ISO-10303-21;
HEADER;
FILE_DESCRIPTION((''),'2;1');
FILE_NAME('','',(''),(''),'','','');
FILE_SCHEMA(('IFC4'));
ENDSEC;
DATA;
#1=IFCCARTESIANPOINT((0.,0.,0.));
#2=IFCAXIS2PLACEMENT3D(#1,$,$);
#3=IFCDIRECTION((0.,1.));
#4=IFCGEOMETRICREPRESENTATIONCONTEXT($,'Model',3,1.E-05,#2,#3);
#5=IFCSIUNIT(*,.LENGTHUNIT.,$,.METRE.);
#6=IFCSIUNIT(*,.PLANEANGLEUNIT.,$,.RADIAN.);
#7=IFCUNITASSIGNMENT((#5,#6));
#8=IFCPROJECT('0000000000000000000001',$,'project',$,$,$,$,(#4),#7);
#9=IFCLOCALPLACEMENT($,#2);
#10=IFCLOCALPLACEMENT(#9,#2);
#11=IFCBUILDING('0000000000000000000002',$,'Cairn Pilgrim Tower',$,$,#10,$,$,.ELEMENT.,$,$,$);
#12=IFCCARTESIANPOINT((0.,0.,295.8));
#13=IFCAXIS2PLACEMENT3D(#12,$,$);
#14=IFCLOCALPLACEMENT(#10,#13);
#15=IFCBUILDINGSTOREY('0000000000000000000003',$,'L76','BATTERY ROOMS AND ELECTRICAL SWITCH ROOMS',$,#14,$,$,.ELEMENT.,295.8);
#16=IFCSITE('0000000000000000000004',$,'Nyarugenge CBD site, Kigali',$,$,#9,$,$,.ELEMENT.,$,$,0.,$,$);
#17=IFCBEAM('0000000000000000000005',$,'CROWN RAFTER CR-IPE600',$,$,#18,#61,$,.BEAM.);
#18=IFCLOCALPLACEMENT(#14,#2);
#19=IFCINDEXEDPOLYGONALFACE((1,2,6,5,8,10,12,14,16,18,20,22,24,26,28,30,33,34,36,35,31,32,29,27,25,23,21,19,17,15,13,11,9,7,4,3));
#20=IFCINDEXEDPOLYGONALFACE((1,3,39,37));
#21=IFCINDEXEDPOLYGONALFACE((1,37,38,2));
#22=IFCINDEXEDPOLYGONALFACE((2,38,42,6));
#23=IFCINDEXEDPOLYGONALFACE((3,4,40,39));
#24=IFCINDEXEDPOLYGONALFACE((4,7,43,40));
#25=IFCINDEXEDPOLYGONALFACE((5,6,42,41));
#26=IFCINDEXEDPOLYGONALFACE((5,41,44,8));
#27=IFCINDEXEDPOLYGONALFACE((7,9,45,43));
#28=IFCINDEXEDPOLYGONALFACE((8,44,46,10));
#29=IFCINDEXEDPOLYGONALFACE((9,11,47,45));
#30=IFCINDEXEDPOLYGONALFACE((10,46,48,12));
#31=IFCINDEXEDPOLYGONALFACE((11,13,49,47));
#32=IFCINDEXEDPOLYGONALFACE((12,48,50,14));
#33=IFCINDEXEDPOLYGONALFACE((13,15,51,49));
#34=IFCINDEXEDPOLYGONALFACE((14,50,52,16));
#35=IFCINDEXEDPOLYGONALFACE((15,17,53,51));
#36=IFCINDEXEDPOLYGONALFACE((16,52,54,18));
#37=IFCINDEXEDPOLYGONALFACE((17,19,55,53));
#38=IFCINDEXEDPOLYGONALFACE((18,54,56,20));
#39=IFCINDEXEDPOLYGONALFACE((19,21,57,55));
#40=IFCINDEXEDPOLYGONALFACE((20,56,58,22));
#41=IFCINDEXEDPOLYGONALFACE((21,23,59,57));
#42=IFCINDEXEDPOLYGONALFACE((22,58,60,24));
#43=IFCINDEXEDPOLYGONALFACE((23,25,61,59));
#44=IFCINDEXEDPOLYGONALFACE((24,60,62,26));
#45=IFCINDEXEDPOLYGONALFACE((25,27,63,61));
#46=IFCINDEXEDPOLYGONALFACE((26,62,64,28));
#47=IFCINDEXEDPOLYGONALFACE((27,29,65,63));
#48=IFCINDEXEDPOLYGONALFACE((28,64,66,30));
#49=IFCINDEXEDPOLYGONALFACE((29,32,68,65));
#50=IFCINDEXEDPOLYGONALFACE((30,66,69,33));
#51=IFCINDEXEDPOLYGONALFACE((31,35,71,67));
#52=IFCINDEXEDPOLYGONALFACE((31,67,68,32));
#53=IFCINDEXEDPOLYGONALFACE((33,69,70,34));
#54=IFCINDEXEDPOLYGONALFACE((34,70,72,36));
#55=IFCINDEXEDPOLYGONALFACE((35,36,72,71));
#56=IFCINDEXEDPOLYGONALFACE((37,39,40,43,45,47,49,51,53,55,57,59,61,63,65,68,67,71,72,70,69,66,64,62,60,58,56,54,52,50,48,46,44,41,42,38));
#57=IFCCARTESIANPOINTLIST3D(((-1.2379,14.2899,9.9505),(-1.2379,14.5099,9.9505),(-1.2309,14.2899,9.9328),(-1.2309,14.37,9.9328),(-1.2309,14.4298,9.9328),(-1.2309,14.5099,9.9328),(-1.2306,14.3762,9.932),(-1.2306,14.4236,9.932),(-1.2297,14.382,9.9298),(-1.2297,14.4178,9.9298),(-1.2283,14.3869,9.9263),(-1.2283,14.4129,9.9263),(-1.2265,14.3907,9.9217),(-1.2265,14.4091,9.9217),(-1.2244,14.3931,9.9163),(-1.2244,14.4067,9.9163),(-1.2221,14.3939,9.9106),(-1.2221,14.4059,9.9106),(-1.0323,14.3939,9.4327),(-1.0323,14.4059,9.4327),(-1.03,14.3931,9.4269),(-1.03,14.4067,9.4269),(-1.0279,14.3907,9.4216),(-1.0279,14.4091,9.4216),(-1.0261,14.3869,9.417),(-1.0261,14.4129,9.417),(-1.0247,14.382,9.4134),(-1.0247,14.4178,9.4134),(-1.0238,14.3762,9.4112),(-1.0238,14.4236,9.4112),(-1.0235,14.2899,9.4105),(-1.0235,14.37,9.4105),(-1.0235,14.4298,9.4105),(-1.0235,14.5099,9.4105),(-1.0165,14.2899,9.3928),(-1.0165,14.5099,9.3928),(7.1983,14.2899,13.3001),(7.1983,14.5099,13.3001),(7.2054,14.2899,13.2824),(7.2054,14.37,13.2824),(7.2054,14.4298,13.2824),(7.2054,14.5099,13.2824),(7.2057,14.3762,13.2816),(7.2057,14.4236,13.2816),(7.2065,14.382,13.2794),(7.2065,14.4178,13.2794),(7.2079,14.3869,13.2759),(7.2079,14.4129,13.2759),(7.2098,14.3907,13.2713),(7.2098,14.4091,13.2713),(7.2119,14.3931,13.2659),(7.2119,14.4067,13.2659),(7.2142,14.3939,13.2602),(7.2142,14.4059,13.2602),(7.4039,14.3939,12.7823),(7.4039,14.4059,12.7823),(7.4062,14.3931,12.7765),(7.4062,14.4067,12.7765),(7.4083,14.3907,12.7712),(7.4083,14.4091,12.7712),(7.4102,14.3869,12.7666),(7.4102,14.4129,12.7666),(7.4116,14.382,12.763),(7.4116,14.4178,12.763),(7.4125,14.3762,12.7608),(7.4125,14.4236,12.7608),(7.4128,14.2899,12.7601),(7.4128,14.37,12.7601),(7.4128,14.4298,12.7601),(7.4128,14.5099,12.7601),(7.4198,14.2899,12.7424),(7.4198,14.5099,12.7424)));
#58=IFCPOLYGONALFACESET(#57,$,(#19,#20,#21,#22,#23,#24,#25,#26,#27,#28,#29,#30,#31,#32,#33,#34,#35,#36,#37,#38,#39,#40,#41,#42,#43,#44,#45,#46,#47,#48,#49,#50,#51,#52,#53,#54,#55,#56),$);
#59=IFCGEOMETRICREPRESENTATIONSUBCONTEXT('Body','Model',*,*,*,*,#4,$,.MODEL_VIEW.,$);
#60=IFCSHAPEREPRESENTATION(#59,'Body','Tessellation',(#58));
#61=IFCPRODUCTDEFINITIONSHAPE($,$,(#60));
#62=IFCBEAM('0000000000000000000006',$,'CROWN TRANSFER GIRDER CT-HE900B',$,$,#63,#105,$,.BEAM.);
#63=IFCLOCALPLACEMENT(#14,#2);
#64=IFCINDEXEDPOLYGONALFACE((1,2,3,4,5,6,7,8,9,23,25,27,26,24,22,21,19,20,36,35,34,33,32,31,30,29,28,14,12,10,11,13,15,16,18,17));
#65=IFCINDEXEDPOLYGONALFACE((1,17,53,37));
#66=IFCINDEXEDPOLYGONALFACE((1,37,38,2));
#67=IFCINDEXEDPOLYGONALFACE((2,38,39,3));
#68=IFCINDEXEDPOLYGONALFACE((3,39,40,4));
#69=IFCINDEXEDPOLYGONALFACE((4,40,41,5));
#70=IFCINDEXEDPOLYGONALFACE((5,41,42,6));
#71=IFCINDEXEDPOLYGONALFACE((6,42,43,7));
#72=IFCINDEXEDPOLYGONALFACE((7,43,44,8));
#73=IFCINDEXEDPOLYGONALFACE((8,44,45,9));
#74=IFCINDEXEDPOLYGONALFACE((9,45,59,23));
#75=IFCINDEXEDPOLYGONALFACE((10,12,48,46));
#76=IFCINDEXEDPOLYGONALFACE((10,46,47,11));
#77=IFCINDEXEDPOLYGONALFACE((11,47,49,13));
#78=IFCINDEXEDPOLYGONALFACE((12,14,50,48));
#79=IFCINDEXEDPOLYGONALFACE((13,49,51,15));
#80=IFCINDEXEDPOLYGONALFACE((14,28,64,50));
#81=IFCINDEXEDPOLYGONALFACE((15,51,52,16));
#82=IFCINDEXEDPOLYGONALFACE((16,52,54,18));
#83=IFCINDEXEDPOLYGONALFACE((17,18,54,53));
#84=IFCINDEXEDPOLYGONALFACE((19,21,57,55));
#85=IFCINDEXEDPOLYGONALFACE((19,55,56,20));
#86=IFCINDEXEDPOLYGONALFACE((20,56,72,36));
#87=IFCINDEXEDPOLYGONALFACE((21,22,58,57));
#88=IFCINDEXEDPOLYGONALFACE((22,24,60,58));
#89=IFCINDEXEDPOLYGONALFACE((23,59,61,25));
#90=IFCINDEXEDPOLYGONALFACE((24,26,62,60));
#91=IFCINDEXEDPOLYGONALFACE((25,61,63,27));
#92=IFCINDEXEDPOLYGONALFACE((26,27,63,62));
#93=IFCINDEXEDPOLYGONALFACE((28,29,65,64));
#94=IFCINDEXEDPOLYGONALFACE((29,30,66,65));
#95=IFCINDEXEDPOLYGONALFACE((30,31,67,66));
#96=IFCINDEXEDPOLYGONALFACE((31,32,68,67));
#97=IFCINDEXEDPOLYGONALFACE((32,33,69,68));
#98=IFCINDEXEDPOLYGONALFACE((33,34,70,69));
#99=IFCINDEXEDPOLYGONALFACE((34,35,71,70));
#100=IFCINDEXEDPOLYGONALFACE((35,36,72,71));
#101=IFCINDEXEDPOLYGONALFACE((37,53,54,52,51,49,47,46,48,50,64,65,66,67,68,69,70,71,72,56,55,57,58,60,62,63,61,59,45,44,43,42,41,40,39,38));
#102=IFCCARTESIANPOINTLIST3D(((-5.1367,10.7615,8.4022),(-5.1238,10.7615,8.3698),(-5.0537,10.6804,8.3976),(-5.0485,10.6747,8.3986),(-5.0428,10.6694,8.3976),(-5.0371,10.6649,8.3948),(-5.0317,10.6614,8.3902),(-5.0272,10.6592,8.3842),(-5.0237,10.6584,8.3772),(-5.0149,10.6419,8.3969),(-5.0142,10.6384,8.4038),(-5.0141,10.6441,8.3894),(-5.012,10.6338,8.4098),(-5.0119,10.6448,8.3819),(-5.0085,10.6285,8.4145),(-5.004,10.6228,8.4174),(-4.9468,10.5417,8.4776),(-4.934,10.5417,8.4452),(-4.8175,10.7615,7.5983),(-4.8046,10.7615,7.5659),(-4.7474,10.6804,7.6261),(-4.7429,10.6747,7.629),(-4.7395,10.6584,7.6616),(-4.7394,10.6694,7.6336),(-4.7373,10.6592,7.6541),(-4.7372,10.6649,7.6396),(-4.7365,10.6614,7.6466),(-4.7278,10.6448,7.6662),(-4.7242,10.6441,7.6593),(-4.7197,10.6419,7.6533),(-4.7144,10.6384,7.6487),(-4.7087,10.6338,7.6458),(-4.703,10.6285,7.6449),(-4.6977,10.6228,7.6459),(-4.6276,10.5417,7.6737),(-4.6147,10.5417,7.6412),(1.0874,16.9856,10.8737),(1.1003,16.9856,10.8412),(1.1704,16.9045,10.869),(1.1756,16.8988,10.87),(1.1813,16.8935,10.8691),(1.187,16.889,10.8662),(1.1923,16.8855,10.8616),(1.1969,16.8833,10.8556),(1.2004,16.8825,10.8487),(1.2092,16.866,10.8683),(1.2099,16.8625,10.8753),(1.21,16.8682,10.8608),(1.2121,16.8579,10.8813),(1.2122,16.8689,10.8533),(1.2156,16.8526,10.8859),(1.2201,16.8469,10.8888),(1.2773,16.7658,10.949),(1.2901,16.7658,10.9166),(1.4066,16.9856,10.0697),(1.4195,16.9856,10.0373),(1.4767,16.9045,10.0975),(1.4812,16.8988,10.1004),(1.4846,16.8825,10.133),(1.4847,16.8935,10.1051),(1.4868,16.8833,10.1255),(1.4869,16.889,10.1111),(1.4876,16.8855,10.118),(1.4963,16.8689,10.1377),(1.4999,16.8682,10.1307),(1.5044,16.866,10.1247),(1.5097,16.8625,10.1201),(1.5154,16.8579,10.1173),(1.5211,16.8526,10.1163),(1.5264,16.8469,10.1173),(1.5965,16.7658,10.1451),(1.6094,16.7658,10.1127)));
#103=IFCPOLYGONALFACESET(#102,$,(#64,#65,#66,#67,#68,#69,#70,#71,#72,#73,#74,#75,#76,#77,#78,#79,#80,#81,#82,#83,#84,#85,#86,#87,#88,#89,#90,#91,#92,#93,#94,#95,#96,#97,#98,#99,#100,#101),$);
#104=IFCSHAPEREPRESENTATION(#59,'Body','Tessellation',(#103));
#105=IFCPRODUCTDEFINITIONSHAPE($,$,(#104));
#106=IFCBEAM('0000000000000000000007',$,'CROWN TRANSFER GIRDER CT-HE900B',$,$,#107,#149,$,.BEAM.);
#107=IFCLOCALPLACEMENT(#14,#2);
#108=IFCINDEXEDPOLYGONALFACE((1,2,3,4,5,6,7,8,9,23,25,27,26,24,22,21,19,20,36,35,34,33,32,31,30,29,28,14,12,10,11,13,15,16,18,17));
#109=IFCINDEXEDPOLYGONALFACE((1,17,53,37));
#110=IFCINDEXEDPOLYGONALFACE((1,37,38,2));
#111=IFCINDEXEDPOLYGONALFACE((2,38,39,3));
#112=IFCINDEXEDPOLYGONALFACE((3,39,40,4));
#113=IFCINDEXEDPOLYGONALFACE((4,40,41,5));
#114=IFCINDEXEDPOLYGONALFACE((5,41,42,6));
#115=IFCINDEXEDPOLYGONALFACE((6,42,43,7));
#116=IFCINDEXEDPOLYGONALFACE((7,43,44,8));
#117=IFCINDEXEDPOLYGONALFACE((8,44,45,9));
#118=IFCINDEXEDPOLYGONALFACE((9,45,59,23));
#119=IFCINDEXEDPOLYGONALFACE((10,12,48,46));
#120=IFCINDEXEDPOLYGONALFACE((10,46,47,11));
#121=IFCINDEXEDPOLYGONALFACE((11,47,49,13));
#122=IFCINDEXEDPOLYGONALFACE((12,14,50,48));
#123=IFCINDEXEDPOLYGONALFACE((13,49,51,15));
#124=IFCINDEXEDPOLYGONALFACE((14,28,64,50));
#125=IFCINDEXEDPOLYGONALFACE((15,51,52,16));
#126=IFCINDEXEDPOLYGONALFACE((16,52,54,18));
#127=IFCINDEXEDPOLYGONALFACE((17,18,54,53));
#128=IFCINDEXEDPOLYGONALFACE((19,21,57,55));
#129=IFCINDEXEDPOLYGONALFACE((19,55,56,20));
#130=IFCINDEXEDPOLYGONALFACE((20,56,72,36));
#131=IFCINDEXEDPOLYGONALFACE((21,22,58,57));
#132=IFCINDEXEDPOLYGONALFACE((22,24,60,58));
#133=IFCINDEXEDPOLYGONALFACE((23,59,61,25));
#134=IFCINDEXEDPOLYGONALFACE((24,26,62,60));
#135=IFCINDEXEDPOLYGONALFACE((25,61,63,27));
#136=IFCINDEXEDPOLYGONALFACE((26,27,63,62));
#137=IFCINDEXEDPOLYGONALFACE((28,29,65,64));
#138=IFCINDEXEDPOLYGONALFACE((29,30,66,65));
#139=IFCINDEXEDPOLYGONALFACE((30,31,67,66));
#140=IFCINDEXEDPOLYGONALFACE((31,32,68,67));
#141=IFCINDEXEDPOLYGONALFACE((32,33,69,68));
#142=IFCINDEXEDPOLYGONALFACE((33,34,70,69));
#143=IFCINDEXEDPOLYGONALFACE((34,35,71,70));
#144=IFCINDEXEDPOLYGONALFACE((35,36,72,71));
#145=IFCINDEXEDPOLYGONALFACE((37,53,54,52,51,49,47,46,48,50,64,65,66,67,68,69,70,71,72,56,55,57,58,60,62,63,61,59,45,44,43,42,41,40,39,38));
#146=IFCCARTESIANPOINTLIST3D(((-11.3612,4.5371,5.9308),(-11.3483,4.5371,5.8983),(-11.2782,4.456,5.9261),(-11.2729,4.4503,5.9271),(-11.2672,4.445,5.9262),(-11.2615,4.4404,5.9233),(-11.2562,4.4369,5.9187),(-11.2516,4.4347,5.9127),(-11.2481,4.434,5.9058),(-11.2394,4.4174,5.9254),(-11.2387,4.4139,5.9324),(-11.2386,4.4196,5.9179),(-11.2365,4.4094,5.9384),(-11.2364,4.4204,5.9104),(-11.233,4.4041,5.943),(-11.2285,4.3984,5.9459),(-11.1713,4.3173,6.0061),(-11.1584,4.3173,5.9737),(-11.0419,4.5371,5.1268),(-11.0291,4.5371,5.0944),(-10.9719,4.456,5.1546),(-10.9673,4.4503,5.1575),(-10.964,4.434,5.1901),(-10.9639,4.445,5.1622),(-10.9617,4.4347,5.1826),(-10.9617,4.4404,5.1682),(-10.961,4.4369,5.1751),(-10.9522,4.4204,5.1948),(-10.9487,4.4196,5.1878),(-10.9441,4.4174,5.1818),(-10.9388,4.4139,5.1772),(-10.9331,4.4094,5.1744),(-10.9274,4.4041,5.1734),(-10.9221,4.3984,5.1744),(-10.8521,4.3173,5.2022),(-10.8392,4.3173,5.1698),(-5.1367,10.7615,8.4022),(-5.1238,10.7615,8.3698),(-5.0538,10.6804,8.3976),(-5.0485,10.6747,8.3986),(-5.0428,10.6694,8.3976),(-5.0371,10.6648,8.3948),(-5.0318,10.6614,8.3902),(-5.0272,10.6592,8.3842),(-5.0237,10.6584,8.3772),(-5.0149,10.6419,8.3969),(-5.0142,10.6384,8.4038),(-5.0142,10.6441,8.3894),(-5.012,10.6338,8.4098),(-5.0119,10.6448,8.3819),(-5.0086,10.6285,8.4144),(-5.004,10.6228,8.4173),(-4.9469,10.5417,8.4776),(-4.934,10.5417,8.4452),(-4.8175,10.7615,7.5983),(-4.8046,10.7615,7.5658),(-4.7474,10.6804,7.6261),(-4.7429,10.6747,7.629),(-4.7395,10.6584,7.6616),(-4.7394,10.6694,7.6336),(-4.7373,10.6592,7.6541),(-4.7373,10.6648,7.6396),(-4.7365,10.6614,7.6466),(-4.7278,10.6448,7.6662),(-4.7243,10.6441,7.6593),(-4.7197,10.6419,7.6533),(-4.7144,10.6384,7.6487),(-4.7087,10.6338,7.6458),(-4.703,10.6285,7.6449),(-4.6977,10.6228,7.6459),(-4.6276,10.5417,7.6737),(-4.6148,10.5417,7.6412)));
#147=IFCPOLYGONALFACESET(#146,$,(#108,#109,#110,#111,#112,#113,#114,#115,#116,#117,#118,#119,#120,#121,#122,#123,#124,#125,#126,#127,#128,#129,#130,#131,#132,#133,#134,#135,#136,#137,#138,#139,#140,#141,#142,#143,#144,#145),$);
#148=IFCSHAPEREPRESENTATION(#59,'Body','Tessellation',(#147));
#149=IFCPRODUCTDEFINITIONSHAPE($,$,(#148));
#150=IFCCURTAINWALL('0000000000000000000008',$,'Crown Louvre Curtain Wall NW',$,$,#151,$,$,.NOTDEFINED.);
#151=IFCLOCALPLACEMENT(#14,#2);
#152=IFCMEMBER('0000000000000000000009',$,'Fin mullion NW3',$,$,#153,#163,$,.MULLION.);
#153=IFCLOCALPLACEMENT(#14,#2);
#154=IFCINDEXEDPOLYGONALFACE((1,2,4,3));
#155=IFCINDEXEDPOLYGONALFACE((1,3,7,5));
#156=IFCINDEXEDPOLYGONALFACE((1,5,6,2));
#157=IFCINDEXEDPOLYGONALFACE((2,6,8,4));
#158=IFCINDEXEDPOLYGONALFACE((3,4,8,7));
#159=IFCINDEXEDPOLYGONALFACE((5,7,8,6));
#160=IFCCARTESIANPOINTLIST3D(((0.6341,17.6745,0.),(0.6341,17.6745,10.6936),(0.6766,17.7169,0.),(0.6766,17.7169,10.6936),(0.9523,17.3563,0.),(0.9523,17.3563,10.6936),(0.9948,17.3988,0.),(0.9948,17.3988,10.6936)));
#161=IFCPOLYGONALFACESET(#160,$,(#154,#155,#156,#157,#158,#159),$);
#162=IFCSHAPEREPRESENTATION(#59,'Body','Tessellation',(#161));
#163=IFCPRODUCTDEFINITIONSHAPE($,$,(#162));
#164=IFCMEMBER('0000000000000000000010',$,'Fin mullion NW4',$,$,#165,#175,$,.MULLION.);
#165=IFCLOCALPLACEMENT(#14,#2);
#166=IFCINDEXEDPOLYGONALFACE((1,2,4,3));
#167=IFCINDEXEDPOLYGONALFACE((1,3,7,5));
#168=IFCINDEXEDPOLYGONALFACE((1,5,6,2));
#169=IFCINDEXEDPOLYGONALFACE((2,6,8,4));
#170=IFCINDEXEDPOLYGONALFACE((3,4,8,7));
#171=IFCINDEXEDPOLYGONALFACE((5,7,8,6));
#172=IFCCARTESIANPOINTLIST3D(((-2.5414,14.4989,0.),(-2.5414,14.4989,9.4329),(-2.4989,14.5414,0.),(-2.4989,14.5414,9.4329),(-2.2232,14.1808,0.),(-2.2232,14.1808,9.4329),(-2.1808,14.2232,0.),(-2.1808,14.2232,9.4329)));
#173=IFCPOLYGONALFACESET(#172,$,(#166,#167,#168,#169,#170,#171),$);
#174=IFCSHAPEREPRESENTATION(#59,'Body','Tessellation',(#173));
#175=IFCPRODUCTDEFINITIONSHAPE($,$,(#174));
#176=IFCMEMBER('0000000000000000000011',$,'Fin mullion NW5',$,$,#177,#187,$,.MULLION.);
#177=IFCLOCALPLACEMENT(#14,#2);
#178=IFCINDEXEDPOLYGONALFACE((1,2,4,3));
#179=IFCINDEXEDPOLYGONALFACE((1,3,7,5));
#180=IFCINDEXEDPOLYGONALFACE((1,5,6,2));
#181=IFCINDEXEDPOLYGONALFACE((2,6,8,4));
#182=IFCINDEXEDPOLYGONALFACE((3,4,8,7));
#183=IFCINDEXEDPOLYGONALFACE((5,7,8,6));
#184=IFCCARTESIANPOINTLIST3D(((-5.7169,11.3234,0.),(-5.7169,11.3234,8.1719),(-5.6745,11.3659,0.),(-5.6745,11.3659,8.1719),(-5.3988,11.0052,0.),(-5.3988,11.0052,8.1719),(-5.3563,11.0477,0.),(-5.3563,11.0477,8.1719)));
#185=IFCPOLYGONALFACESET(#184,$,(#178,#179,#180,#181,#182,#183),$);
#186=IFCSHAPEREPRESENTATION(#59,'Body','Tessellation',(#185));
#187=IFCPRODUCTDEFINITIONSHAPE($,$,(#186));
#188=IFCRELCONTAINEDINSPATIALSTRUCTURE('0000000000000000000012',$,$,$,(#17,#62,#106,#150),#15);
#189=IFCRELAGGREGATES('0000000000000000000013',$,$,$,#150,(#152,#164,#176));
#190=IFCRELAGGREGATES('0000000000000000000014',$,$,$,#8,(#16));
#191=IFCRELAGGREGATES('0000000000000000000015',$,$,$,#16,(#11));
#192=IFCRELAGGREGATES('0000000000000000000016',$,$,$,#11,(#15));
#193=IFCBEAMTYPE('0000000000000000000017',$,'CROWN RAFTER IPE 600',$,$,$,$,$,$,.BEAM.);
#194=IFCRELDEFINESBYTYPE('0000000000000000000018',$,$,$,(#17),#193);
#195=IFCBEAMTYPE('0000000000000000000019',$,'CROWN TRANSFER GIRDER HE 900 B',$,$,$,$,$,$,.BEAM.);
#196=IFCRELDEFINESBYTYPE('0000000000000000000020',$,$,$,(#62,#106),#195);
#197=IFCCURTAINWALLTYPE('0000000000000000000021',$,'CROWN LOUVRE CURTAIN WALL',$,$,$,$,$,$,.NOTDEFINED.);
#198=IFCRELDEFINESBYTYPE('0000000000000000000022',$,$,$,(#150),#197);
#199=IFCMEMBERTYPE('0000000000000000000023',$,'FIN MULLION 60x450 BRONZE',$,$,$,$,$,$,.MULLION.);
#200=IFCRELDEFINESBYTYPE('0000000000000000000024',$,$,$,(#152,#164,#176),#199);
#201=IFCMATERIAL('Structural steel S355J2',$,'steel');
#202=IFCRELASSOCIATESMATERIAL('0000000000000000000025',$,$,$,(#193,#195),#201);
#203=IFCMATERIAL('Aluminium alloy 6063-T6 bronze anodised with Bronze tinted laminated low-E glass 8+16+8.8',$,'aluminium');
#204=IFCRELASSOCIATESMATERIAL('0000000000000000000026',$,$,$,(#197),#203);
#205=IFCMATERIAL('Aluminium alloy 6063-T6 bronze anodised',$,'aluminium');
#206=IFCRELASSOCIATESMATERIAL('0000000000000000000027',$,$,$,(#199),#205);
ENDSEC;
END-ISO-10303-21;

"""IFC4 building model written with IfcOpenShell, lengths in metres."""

from ifc_helpers import new_model, si_unit, direction, frame, origin, origin_2d, place, context, subcontext, project, spatial, rectangle, i_section, extrude, material, material_profile, profile_set, type_object, element, aggregate, save


model = new_model("IFC4")

# Units and contexts
model_context = context("Model", 3, precision=1e-05, world=origin(), true_north=direction((0.0, 1.0)))
body_context = subcontext(model_context, "Body", "Model", "MODEL_VIEW")
ifc_project = project(units=[si_unit("LENGTHUNIT", "METRE"), si_unit("PLANEANGLEUNIT", "RADIAN")], contexts=[model_context])

# Site, building, storey
site_placement = place(None, origin())
site = spatial("IfcSite", under=ifc_project, at=site_placement, Name="Nyarugenge CBD site, Kigali", CompositionType="ELEMENT", RefElevation=0.0)
building_placement = place(site_placement, origin())
building = spatial("IfcBuilding", under=site, at=building_placement, Name="Cairn Pilgrim Tower", CompositionType="ELEMENT")
storey_placement = place(building_placement, frame((0.0, 0.0, 295.8)))
storey = spatial("IfcBuildingStorey", under=building, at=storey_placement, Name="L76", Description="BATTERY ROOMS AND ELECTRICAL SWITCH ROOMS", CompositionType="ELEMENT", Elevation=295.8)

# Shared definitions
ifc_material_1 = material(Name="Structural steel S355J2", Category="steel")

# Beams
ifc_material_profile_1 = material_profile(ifc_material_1, i_section(OverallWidth=0.22, OverallDepth=0.6001, WebThickness=0.012, FlangeThickness=0.019, FilletRadius=0.0239, at=origin_2d()), Name="IPE 600")
ifc_profile_set_1 = profile_set([ifc_material_profile_1], Name="Structural steel S355J2")
beam_type_1 = type_object("IfcBeamType", Name="CROWN RAFTER IPE 600", PredefinedType="BEAM", material=ifc_profile_set_1)
beam_1_placement = place(storey_placement, frame((-1.1272, 14.3999, 9.6716), z_axis=(0.92942, 0.0, 0.369024), x_axis=(0.0, 1.0, 0.0)))
element("IfcBeam", 1, at=beam_1_placement, inside=storey, type_object=beam_type_1, Name="CROWN RAFTER CR-IPE600", PredefinedType="BEAM", context=body_context, shape_type="SweptSolid", body=[
    extrude(i_section(OverallWidth=0.22, OverallDepth=0.6001, WebThickness=0.012, FlangeThickness=0.019, FilletRadius=0.0239, at=origin_2d()), origin(), (0.0, 0.0, 1.0), 9.0769),
])
ifc_material_profile_2 = material_profile(ifc_material_1, i_section(OverallWidth=0.3, OverallDepth=0.8999, WebThickness=0.0186, FlangeThickness=0.0349, FilletRadius=0.03, at=origin_2d()), Name="HEB 900")
ifc_profile_set_2 = profile_set([ifc_material_profile_2], Name="Structural steel S355J2")
beam_type_2 = type_object("IfcBeamType", Name="CROWN TRANSFER GIRDER HE 900 B", PredefinedType="BEAM", material=ifc_profile_set_2)
beam_2_placement = place(storey_placement, frame((1.3484, 16.8757, 10.4932), z_axis=(-0.680781, -0.680781, -0.270321), x_axis=(0.632729, -0.732487, 0.251231)))
element("IfcBeam", 2, at=beam_2_placement, inside=storey, type_object=beam_type_2, Name="CROWN TRANSFER GIRDER CT-HE900B", PredefinedType="BEAM", context=body_context, shape_type="SweptSolid", body=[
    extrude(i_section(OverallWidth=0.3, OverallDepth=0.8999, WebThickness=0.0186, FlangeThickness=0.0349, FilletRadius=0.03, at=origin_2d()), origin(), (0.0, 0.0, 1.0), 9.1426),
])
beam_3_placement = place(storey_placement, frame((-4.8757, 10.6516, 8.0217), z_axis=(-0.680783, -0.680783, -0.270311), x_axis=(0.632731, -0.732485, 0.251232)))
element("IfcBeam", 3, at=beam_3_placement, inside=storey, type_object=beam_type_2, Name="CROWN TRANSFER GIRDER CT-HE900B", PredefinedType="BEAM", context=body_context, shape_type="SweptSolid", body=[
    extrude(i_section(OverallWidth=0.3, OverallDepth=0.8999, WebThickness=0.0186, FlangeThickness=0.0349, FilletRadius=0.03, at=origin_2d()), origin(), (0.0, 0.0, 1.0), 9.1431),
])

# Curtain wall, members
ifc_material_2 = material(Name="Aluminium alloy 6063-T6 bronze anodised with Bronze tinted laminated low-E glass 8+16+8.8", Category="aluminium")
curtain_wall_type = type_object("IfcCurtainWallType", Name="CROWN LOUVRE CURTAIN WALL", PredefinedType="NOTDEFINED", material=ifc_material_2)
curtain_wall_placement = place(storey_placement, origin())
curtain_wall = element("IfcCurtainWall", 4, at=curtain_wall_placement, inside=storey, type_object=curtain_wall_type, Name="Crown Louvre Curtain Wall NW", PredefinedType="NOTDEFINED")
ifc_material_3 = material(Name="Aluminium alloy 6063-T6 bronze anodised", Category="aluminium")
ifc_material_profile_3 = material_profile(ifc_material_3, rectangle(XDim=0.45, YDim=0.0601, at=origin_2d()), Name="FIN MULLION 60x450 BRONZE")
ifc_profile_set_3 = profile_set([ifc_material_profile_3], Name="Aluminium alloy 6063-T6 bronze anodised")
member_type_1 = type_object("IfcMemberType", Name="FIN MULLION 60x450 BRONZE", PredefinedType="MULLION", material=ifc_profile_set_3)
member_1_placement = place(storey_placement, frame((0.8145, 17.5366, 0.0), z_axis=(0.0, 0.0, 1.0), x_axis=(-0.707107, 0.707107, 0.0)))
member_1 = element("IfcMember", 5, at=member_1_placement, type_object=member_type_1, Name="Fin mullion NW3", PredefinedType="MULLION", context=body_context, shape_type="SweptSolid", body=[
    extrude(rectangle(XDim=0.45, YDim=0.0601, at=origin_2d()), origin(), (0.0, 0.0, 1.0), 10.6936),
])
member_2_placement = place(storey_placement, frame((-2.3611, 14.3611, 0.0), z_axis=(0.0, 0.0, 1.0), x_axis=(-0.707107, 0.707107, 0.0)))
member_2 = element("IfcMember", 6, at=member_2_placement, type_object=member_type_1, Name="Fin mullion NW4", PredefinedType="MULLION", context=body_context, shape_type="SweptSolid", body=[
    extrude(rectangle(XDim=0.45, YDim=0.0601, at=origin_2d()), origin(), (0.0, 0.0, 1.0), 9.4329),
])
member_3_placement = place(storey_placement, frame((-5.5366, 11.1855, 0.0), z_axis=(0.0, 0.0, 1.0), x_axis=(-0.707107, 0.707107, 0.0)))
member_3 = element("IfcMember", 7, at=member_3_placement, type_object=member_type_1, Name="Fin mullion NW5", PredefinedType="MULLION", context=body_context, shape_type="SweptSolid", body=[
    extrude(rectangle(XDim=0.45, YDim=0.0601, at=origin_2d()), origin(), (0.0, 0.0, 1.0), 8.1719),
])

aggregate(curtain_wall, [member_1, member_2, member_3])

save(model, "model.ifc")
